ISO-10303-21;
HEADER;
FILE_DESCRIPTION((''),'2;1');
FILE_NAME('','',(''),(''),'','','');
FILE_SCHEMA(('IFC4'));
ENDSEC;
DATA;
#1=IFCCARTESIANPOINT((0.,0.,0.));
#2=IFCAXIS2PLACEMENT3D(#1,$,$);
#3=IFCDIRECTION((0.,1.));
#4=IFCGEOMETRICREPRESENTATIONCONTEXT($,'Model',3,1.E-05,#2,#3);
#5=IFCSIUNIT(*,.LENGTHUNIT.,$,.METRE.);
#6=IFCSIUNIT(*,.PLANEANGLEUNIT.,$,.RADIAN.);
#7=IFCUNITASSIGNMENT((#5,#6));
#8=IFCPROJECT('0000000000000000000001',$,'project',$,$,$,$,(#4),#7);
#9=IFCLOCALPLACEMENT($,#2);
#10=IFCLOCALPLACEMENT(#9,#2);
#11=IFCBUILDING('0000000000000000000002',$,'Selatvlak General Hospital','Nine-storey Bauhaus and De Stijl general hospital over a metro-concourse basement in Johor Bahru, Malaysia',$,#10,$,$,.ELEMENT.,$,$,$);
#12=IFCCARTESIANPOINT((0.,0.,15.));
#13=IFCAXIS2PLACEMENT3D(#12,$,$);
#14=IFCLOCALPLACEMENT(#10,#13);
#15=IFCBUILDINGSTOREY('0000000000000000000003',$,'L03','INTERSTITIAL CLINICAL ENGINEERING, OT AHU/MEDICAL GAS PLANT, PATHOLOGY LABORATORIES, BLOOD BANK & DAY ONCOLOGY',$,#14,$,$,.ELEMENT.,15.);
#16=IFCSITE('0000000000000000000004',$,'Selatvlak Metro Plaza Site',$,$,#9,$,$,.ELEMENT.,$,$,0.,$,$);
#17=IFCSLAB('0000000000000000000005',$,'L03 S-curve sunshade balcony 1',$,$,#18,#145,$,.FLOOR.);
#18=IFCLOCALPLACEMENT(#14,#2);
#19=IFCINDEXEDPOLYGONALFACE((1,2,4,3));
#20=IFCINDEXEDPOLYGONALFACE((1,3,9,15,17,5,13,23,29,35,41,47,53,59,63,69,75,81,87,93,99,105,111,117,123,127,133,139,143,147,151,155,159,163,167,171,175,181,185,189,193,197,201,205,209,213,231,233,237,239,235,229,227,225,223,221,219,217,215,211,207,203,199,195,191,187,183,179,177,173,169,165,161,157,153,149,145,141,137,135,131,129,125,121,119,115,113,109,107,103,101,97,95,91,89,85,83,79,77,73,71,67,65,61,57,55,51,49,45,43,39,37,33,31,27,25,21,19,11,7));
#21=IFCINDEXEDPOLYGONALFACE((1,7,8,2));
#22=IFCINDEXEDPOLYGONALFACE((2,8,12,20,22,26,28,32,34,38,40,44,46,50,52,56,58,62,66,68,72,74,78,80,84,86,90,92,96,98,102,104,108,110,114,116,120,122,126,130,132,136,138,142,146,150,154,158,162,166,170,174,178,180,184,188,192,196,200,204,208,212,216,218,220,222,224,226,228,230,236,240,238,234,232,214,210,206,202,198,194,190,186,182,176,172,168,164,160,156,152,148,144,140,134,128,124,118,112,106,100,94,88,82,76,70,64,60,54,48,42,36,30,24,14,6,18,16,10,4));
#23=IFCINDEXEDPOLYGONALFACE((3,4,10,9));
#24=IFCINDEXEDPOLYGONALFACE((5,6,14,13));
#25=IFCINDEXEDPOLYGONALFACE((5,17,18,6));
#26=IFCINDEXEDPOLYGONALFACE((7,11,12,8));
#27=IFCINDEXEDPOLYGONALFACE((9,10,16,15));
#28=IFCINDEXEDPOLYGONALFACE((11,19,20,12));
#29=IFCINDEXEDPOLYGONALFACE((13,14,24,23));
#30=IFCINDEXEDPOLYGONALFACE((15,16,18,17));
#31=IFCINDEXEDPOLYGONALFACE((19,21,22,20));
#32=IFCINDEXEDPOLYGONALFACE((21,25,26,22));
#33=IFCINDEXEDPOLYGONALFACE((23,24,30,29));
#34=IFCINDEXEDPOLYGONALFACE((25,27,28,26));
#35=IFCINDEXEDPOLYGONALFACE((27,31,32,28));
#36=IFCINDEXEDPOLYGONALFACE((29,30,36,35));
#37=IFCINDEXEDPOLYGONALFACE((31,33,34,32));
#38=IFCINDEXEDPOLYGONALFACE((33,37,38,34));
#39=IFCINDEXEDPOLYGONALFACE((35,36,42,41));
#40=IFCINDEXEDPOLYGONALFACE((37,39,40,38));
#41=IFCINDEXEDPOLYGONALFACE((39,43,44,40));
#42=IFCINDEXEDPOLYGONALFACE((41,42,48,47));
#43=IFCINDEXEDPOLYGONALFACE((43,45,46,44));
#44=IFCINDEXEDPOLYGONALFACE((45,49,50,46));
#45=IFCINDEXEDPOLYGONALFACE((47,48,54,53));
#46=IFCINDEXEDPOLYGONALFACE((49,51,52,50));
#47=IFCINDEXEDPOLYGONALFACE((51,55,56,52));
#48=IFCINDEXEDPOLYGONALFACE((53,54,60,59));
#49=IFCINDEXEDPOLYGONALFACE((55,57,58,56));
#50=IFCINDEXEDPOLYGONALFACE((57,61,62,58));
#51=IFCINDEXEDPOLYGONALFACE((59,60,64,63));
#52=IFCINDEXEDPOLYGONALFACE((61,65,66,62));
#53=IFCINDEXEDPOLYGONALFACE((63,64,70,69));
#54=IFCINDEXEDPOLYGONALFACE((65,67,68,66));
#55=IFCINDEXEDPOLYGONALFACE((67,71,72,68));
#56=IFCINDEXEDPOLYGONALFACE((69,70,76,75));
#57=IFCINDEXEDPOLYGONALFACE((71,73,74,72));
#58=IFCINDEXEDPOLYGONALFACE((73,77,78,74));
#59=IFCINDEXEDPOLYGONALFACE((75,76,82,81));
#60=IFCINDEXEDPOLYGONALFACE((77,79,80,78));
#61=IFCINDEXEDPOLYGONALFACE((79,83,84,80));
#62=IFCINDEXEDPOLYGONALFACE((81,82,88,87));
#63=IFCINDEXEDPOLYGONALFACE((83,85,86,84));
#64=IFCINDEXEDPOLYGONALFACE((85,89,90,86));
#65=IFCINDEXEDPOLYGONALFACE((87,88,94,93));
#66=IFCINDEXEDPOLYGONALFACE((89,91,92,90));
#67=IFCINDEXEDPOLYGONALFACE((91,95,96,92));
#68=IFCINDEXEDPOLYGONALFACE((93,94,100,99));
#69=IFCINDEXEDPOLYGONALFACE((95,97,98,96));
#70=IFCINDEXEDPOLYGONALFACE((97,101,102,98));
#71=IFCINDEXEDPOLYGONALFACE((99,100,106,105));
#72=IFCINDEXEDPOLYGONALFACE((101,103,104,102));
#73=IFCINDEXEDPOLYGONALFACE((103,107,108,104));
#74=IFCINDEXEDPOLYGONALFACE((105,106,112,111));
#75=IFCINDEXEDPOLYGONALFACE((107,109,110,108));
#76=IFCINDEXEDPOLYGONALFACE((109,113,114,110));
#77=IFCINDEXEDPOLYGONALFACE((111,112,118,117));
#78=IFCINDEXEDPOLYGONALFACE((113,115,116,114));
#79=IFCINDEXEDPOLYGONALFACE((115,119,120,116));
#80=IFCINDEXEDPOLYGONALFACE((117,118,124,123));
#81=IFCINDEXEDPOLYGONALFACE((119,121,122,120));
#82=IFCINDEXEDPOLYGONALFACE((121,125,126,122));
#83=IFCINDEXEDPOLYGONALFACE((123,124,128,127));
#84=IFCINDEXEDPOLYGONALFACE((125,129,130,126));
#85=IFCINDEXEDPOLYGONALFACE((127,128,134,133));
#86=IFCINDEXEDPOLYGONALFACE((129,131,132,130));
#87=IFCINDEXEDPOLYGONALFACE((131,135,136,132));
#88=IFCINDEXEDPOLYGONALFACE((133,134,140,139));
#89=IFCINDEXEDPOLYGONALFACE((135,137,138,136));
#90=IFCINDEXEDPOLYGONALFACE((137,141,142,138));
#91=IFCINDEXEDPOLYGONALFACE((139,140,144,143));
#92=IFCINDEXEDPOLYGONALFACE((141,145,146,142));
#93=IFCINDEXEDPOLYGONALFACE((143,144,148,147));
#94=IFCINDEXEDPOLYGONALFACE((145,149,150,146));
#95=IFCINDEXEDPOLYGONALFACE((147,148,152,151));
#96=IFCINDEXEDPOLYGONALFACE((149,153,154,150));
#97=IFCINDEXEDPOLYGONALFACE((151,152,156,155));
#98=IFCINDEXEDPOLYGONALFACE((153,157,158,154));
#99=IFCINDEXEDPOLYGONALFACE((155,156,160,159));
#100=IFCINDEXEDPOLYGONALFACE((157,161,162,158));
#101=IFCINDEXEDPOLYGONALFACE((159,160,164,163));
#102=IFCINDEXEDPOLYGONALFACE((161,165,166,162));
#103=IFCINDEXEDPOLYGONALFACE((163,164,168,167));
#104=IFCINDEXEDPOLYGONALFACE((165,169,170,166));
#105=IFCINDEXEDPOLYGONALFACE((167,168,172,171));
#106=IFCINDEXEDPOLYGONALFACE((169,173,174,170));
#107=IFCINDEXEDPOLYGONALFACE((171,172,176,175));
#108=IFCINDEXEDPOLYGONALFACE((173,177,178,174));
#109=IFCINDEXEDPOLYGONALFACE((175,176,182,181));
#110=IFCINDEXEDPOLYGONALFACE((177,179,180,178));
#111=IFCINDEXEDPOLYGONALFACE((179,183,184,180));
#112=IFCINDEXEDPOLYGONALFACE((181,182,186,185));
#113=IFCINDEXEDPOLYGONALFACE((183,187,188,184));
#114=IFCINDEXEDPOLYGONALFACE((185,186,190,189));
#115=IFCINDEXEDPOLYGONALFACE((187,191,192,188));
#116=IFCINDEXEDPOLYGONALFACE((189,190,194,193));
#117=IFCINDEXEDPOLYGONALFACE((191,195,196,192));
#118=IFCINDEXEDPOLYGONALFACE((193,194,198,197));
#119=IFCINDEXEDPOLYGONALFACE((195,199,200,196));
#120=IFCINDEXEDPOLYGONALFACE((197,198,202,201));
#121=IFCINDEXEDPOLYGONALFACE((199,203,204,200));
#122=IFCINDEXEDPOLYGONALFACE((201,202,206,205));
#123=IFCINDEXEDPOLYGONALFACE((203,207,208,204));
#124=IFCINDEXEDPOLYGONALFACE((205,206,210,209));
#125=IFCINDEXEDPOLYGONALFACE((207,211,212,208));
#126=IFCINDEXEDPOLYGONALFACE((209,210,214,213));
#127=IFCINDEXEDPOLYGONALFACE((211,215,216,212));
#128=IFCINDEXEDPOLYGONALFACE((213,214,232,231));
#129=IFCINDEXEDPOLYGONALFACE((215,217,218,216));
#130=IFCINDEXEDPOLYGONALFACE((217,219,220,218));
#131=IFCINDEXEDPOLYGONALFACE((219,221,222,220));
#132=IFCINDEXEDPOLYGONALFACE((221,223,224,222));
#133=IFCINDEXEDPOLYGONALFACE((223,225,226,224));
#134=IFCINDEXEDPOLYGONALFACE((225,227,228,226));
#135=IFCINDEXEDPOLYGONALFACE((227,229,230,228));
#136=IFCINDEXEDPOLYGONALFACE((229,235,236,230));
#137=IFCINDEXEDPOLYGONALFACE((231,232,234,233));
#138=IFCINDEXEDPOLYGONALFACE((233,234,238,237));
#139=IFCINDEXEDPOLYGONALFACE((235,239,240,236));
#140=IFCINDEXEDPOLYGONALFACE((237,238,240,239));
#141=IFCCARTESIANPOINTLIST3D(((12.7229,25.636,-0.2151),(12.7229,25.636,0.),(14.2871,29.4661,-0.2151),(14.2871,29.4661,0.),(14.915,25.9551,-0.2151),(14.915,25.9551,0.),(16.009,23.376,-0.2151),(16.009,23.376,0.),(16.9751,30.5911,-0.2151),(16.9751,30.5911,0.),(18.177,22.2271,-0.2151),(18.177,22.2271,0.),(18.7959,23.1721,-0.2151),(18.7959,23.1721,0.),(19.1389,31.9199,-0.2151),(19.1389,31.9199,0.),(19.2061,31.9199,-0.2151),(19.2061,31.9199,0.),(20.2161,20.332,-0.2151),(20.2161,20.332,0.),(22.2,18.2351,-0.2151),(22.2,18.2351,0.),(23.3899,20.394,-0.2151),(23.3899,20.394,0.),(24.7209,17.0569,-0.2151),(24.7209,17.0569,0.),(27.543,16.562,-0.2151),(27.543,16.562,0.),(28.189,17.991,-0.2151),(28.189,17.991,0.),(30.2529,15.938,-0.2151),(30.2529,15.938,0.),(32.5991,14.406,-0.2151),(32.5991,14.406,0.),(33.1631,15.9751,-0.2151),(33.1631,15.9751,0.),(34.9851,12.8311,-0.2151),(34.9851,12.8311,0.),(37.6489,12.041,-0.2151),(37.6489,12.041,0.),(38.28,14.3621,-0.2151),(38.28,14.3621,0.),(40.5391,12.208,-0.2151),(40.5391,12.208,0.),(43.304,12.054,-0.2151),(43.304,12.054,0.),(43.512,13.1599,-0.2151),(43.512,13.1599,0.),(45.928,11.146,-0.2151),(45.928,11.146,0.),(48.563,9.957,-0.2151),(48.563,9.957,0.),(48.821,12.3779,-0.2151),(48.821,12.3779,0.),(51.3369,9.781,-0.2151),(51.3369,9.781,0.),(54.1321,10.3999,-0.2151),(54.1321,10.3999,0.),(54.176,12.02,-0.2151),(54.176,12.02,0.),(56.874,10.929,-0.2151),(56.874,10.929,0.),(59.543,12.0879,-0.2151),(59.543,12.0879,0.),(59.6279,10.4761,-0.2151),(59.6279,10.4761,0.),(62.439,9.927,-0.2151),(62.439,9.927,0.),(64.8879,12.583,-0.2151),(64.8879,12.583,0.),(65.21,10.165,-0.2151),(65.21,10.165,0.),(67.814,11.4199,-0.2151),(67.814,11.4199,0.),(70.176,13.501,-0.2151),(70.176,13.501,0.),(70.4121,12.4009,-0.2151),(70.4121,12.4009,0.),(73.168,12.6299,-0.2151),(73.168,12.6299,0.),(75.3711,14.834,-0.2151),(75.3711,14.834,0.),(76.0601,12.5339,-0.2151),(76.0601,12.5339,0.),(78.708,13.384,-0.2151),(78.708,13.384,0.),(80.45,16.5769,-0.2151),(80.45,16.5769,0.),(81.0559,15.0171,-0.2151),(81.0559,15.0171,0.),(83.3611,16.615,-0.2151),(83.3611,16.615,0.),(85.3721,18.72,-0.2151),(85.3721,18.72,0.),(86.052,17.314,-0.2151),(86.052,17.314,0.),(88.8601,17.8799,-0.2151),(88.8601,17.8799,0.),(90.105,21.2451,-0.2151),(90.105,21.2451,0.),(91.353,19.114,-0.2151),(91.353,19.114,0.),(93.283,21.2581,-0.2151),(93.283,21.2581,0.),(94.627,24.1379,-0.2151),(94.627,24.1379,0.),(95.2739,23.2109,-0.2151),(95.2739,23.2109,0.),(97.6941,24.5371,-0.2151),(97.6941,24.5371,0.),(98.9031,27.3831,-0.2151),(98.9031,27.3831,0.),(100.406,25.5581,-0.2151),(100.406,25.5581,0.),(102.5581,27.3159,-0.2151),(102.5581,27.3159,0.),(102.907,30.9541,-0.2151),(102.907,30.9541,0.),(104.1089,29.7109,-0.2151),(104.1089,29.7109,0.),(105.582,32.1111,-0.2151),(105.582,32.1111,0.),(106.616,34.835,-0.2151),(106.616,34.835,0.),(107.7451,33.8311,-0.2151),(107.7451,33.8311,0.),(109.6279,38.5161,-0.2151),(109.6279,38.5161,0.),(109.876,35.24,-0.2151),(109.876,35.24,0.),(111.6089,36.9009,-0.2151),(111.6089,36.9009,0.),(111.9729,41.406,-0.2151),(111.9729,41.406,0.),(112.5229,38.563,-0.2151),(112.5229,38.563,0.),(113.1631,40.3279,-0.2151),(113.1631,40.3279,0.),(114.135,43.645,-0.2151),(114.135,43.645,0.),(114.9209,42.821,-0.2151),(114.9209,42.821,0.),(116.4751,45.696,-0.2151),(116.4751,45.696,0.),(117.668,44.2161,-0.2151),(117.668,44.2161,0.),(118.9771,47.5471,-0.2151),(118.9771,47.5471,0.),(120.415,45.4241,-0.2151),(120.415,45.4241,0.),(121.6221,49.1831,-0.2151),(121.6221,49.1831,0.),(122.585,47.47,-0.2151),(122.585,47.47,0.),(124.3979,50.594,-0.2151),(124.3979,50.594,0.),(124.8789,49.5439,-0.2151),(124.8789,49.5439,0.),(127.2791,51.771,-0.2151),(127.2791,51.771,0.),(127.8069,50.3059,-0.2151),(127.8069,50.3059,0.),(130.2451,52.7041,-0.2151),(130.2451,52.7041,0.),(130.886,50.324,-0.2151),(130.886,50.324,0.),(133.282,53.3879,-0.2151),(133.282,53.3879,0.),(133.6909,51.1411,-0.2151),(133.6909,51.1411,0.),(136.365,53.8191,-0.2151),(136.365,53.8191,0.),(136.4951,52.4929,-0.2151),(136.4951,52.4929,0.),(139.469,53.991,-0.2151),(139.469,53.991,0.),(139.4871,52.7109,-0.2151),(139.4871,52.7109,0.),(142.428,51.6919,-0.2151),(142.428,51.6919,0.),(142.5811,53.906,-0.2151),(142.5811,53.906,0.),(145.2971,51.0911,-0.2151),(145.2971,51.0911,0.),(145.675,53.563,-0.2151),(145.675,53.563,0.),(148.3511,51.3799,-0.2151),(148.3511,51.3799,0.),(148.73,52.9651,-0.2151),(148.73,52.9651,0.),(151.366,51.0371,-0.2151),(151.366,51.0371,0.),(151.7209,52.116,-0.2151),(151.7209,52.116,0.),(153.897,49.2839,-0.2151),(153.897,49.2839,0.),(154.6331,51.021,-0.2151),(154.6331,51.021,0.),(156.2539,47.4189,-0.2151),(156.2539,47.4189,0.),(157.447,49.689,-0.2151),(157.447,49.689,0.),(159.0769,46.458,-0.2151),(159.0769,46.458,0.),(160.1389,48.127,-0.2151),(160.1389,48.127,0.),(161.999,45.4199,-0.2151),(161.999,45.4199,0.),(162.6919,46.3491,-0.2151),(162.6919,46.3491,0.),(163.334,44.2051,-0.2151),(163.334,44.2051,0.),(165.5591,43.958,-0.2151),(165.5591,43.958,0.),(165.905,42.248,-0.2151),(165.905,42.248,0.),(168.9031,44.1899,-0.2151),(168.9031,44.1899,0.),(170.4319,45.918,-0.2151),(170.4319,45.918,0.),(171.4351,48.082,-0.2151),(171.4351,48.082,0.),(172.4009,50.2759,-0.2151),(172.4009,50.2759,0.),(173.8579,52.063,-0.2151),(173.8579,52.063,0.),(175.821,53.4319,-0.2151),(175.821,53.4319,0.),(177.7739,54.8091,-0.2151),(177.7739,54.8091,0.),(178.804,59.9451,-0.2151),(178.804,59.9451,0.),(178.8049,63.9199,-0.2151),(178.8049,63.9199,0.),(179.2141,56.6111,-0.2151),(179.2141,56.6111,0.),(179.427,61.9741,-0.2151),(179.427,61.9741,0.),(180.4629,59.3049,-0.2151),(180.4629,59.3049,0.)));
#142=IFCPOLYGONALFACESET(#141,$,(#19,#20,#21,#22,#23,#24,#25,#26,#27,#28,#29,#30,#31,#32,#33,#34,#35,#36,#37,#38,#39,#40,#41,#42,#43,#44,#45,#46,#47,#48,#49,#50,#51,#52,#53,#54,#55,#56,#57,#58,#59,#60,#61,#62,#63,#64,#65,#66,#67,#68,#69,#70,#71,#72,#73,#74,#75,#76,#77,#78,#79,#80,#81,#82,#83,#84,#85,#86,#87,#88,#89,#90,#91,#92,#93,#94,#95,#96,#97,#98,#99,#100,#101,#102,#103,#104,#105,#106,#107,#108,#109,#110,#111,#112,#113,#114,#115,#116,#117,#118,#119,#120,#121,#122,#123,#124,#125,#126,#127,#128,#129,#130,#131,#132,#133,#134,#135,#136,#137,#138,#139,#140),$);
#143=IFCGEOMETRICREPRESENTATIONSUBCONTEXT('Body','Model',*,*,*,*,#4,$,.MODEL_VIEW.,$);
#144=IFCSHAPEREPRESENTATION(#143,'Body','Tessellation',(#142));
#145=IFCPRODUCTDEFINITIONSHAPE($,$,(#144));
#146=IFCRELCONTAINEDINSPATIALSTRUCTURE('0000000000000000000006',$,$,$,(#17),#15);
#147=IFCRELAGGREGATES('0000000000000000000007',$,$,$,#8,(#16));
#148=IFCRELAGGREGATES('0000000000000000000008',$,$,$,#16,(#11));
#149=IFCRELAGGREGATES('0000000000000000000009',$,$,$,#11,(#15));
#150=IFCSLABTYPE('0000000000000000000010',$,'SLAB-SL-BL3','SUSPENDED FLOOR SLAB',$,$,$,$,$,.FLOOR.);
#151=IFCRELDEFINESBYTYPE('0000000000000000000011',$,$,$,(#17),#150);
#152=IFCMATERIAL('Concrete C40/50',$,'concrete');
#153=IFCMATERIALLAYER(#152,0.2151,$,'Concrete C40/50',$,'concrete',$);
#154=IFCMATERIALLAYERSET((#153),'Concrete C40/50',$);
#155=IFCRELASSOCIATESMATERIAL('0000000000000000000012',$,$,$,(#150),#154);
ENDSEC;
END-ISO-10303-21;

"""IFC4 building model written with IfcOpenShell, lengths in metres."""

from ifc_helpers import new_model, si_unit, direction, frame, origin, place, context, subcontext, project, spatial, polyline, outline, extrude, material, layer, layer_set, type_object, element, save


model = new_model("IFC4")

# Units and contexts
model_context = context("Model", 3, precision=1e-05, world=origin(), true_north=direction((0.0, 1.0)))
body_context = subcontext(model_context, "Body", "Model", "MODEL_VIEW")
ifc_project = project(units=[si_unit("LENGTHUNIT", "METRE"), si_unit("PLANEANGLEUNIT", "RADIAN")], contexts=[model_context])

# Site, building, storey
site_placement = place(None, origin())
site = spatial("IfcSite", under=ifc_project, at=site_placement, Name="Selatvlak Metro Plaza Site", CompositionType="ELEMENT", RefElevation=0.0)
building_placement = place(site_placement, origin())
building = spatial("IfcBuilding", under=site, at=building_placement, Name="Selatvlak General Hospital", Description="Nine-storey Bauhaus and De Stijl general hospital over a metro-concourse basement in Johor Bahru, Malaysia", CompositionType="ELEMENT")
storey_placement = place(building_placement, frame((0.0, 0.0, 15.0)))
storey = spatial("IfcBuildingStorey", under=building, at=storey_placement, Name="L03", Description="INTERSTITIAL CLINICAL ENGINEERING, OT AHU/MEDICAL GAS PLANT, PATHOLOGY LABORATORIES, BLOOD BANK & DAY ONCOLOGY", CompositionType="ELEMENT", Elevation=15.0)

# Shared definitions
ifc_material_1 = material(Name="Concrete C40/50", Category="concrete")

# Slab
ifc_layer_1 = layer(ifc_material_1, 0.2151, Name="Concrete C40/50", Category="concrete")
ifc_layer_set_1 = layer_set([ifc_layer_1], Name="Concrete C40/50")
slab_type_1 = type_object("IfcSlabType", Name="SLAB-SL-BL3", Description="SUSPENDED FLOOR SLAB", PredefinedType="FLOOR", material=ifc_layer_set_1)
slab_1_placement = place(storey_placement, frame((0.0, 0.0, -0.2151)))
element("IfcSlab", 1, at=slab_1_placement, inside=storey, type_object=slab_type_1, Name="L03 S-curve sunshade balcony 1", PredefinedType="FLOOR", context=body_context, shape_type="SweptSolid", body=[
    extrude(outline(polyline([(177.7739, 54.8091), (175.821, 53.4319), (173.8579, 52.063), (172.4009, 50.2759), (171.4351, 48.082), (170.4319, 45.918), (168.9031, 44.1899), (165.905, 42.248), (163.334, 44.2051), (161.999, 45.4199), (159.0769, 46.458), (156.2539, 47.4189), (153.897, 49.2839), (151.366, 51.0371), (148.3511, 51.3799), (145.2971, 51.0911), (142.428, 51.6919), (139.4871, 52.7109), (136.4951, 52.4929), (133.6909, 51.1411), (130.886, 50.324), (127.8069, 50.3059), (124.8789, 49.5439), (122.585, 47.47), (120.415, 45.4241), (117.668, 44.2161), (114.9209, 42.821), (113.1631, 40.3279), (112.5229, 38.563), (111.6089, 36.9009), (109.876, 35.24), (107.7451, 33.8311), (105.582, 32.1111), (104.1089, 29.7109), (102.5581, 27.3159), (100.406, 25.5581), (97.6941, 24.5371), (95.2739, 23.2109), (93.283, 21.2581), (91.353, 19.114), (88.8601, 17.8799), (86.052, 17.314), (83.3611, 16.615), (81.0559, 15.0171), (78.708, 13.384), (76.0601, 12.5339), (73.168, 12.6299), (70.4121, 12.4009), (67.814, 11.4199), (65.21, 10.165), (62.439, 9.927), (59.6279, 10.4761), (56.874, 10.929), (54.1321, 10.3999), (51.3369, 9.781), (48.563, 9.957), (45.928, 11.146), (43.304, 12.054), (40.5391, 12.208), (37.6489, 12.041), (34.9851, 12.8311), (32.5991, 14.406), (30.2529, 15.938), (27.543, 16.562), (24.7209, 17.0569), (22.2, 18.2351), (20.2161, 20.332), (18.177, 22.2271), (16.009, 23.376), (12.7229, 25.636), (14.2871, 29.4661), (16.9751, 30.5911), (19.1389, 31.9199), (19.2061, 31.9199), (14.915, 25.9551), (18.7959, 23.1721), (23.3899, 20.394), (28.189, 17.991), (33.1631, 15.9751), (38.28, 14.3621), (43.512, 13.1599), (48.821, 12.3779), (54.176, 12.02), (59.543, 12.0879), (64.8879, 12.583), (70.176, 13.501), (75.3711, 14.834), (80.45, 16.5769), (85.3721, 18.72), (90.105, 21.2451), (94.627, 24.1379), (98.9031, 27.3831), (102.907, 30.9541), (106.616, 34.835), (109.6279, 38.5161), (111.9729, 41.406), (114.135, 43.645), (116.4751, 45.696), (118.9771, 47.5471), (121.6221, 49.1831), (124.3979, 50.594), (127.2791, 51.771), (130.2451, 52.7041), (133.282, 53.3879), (136.365, 53.8191), (139.469, 53.991), (142.5811, 53.906), (145.675, 53.563), (148.73, 52.9651), (151.7209, 52.116), (154.6331, 51.021), (157.447, 49.689), (160.1389, 48.127), (162.6919, 46.3491), (165.5591, 43.958), (178.804, 59.9451), (178.8049, 63.9199), (179.427, 61.9741), (180.4629, 59.3049), (179.2141, 56.6111), (177.7739, 54.8091)])), origin(), (0.0, 0.0, 1.0), 0.2151),
])

save(model, "model.ifc")
